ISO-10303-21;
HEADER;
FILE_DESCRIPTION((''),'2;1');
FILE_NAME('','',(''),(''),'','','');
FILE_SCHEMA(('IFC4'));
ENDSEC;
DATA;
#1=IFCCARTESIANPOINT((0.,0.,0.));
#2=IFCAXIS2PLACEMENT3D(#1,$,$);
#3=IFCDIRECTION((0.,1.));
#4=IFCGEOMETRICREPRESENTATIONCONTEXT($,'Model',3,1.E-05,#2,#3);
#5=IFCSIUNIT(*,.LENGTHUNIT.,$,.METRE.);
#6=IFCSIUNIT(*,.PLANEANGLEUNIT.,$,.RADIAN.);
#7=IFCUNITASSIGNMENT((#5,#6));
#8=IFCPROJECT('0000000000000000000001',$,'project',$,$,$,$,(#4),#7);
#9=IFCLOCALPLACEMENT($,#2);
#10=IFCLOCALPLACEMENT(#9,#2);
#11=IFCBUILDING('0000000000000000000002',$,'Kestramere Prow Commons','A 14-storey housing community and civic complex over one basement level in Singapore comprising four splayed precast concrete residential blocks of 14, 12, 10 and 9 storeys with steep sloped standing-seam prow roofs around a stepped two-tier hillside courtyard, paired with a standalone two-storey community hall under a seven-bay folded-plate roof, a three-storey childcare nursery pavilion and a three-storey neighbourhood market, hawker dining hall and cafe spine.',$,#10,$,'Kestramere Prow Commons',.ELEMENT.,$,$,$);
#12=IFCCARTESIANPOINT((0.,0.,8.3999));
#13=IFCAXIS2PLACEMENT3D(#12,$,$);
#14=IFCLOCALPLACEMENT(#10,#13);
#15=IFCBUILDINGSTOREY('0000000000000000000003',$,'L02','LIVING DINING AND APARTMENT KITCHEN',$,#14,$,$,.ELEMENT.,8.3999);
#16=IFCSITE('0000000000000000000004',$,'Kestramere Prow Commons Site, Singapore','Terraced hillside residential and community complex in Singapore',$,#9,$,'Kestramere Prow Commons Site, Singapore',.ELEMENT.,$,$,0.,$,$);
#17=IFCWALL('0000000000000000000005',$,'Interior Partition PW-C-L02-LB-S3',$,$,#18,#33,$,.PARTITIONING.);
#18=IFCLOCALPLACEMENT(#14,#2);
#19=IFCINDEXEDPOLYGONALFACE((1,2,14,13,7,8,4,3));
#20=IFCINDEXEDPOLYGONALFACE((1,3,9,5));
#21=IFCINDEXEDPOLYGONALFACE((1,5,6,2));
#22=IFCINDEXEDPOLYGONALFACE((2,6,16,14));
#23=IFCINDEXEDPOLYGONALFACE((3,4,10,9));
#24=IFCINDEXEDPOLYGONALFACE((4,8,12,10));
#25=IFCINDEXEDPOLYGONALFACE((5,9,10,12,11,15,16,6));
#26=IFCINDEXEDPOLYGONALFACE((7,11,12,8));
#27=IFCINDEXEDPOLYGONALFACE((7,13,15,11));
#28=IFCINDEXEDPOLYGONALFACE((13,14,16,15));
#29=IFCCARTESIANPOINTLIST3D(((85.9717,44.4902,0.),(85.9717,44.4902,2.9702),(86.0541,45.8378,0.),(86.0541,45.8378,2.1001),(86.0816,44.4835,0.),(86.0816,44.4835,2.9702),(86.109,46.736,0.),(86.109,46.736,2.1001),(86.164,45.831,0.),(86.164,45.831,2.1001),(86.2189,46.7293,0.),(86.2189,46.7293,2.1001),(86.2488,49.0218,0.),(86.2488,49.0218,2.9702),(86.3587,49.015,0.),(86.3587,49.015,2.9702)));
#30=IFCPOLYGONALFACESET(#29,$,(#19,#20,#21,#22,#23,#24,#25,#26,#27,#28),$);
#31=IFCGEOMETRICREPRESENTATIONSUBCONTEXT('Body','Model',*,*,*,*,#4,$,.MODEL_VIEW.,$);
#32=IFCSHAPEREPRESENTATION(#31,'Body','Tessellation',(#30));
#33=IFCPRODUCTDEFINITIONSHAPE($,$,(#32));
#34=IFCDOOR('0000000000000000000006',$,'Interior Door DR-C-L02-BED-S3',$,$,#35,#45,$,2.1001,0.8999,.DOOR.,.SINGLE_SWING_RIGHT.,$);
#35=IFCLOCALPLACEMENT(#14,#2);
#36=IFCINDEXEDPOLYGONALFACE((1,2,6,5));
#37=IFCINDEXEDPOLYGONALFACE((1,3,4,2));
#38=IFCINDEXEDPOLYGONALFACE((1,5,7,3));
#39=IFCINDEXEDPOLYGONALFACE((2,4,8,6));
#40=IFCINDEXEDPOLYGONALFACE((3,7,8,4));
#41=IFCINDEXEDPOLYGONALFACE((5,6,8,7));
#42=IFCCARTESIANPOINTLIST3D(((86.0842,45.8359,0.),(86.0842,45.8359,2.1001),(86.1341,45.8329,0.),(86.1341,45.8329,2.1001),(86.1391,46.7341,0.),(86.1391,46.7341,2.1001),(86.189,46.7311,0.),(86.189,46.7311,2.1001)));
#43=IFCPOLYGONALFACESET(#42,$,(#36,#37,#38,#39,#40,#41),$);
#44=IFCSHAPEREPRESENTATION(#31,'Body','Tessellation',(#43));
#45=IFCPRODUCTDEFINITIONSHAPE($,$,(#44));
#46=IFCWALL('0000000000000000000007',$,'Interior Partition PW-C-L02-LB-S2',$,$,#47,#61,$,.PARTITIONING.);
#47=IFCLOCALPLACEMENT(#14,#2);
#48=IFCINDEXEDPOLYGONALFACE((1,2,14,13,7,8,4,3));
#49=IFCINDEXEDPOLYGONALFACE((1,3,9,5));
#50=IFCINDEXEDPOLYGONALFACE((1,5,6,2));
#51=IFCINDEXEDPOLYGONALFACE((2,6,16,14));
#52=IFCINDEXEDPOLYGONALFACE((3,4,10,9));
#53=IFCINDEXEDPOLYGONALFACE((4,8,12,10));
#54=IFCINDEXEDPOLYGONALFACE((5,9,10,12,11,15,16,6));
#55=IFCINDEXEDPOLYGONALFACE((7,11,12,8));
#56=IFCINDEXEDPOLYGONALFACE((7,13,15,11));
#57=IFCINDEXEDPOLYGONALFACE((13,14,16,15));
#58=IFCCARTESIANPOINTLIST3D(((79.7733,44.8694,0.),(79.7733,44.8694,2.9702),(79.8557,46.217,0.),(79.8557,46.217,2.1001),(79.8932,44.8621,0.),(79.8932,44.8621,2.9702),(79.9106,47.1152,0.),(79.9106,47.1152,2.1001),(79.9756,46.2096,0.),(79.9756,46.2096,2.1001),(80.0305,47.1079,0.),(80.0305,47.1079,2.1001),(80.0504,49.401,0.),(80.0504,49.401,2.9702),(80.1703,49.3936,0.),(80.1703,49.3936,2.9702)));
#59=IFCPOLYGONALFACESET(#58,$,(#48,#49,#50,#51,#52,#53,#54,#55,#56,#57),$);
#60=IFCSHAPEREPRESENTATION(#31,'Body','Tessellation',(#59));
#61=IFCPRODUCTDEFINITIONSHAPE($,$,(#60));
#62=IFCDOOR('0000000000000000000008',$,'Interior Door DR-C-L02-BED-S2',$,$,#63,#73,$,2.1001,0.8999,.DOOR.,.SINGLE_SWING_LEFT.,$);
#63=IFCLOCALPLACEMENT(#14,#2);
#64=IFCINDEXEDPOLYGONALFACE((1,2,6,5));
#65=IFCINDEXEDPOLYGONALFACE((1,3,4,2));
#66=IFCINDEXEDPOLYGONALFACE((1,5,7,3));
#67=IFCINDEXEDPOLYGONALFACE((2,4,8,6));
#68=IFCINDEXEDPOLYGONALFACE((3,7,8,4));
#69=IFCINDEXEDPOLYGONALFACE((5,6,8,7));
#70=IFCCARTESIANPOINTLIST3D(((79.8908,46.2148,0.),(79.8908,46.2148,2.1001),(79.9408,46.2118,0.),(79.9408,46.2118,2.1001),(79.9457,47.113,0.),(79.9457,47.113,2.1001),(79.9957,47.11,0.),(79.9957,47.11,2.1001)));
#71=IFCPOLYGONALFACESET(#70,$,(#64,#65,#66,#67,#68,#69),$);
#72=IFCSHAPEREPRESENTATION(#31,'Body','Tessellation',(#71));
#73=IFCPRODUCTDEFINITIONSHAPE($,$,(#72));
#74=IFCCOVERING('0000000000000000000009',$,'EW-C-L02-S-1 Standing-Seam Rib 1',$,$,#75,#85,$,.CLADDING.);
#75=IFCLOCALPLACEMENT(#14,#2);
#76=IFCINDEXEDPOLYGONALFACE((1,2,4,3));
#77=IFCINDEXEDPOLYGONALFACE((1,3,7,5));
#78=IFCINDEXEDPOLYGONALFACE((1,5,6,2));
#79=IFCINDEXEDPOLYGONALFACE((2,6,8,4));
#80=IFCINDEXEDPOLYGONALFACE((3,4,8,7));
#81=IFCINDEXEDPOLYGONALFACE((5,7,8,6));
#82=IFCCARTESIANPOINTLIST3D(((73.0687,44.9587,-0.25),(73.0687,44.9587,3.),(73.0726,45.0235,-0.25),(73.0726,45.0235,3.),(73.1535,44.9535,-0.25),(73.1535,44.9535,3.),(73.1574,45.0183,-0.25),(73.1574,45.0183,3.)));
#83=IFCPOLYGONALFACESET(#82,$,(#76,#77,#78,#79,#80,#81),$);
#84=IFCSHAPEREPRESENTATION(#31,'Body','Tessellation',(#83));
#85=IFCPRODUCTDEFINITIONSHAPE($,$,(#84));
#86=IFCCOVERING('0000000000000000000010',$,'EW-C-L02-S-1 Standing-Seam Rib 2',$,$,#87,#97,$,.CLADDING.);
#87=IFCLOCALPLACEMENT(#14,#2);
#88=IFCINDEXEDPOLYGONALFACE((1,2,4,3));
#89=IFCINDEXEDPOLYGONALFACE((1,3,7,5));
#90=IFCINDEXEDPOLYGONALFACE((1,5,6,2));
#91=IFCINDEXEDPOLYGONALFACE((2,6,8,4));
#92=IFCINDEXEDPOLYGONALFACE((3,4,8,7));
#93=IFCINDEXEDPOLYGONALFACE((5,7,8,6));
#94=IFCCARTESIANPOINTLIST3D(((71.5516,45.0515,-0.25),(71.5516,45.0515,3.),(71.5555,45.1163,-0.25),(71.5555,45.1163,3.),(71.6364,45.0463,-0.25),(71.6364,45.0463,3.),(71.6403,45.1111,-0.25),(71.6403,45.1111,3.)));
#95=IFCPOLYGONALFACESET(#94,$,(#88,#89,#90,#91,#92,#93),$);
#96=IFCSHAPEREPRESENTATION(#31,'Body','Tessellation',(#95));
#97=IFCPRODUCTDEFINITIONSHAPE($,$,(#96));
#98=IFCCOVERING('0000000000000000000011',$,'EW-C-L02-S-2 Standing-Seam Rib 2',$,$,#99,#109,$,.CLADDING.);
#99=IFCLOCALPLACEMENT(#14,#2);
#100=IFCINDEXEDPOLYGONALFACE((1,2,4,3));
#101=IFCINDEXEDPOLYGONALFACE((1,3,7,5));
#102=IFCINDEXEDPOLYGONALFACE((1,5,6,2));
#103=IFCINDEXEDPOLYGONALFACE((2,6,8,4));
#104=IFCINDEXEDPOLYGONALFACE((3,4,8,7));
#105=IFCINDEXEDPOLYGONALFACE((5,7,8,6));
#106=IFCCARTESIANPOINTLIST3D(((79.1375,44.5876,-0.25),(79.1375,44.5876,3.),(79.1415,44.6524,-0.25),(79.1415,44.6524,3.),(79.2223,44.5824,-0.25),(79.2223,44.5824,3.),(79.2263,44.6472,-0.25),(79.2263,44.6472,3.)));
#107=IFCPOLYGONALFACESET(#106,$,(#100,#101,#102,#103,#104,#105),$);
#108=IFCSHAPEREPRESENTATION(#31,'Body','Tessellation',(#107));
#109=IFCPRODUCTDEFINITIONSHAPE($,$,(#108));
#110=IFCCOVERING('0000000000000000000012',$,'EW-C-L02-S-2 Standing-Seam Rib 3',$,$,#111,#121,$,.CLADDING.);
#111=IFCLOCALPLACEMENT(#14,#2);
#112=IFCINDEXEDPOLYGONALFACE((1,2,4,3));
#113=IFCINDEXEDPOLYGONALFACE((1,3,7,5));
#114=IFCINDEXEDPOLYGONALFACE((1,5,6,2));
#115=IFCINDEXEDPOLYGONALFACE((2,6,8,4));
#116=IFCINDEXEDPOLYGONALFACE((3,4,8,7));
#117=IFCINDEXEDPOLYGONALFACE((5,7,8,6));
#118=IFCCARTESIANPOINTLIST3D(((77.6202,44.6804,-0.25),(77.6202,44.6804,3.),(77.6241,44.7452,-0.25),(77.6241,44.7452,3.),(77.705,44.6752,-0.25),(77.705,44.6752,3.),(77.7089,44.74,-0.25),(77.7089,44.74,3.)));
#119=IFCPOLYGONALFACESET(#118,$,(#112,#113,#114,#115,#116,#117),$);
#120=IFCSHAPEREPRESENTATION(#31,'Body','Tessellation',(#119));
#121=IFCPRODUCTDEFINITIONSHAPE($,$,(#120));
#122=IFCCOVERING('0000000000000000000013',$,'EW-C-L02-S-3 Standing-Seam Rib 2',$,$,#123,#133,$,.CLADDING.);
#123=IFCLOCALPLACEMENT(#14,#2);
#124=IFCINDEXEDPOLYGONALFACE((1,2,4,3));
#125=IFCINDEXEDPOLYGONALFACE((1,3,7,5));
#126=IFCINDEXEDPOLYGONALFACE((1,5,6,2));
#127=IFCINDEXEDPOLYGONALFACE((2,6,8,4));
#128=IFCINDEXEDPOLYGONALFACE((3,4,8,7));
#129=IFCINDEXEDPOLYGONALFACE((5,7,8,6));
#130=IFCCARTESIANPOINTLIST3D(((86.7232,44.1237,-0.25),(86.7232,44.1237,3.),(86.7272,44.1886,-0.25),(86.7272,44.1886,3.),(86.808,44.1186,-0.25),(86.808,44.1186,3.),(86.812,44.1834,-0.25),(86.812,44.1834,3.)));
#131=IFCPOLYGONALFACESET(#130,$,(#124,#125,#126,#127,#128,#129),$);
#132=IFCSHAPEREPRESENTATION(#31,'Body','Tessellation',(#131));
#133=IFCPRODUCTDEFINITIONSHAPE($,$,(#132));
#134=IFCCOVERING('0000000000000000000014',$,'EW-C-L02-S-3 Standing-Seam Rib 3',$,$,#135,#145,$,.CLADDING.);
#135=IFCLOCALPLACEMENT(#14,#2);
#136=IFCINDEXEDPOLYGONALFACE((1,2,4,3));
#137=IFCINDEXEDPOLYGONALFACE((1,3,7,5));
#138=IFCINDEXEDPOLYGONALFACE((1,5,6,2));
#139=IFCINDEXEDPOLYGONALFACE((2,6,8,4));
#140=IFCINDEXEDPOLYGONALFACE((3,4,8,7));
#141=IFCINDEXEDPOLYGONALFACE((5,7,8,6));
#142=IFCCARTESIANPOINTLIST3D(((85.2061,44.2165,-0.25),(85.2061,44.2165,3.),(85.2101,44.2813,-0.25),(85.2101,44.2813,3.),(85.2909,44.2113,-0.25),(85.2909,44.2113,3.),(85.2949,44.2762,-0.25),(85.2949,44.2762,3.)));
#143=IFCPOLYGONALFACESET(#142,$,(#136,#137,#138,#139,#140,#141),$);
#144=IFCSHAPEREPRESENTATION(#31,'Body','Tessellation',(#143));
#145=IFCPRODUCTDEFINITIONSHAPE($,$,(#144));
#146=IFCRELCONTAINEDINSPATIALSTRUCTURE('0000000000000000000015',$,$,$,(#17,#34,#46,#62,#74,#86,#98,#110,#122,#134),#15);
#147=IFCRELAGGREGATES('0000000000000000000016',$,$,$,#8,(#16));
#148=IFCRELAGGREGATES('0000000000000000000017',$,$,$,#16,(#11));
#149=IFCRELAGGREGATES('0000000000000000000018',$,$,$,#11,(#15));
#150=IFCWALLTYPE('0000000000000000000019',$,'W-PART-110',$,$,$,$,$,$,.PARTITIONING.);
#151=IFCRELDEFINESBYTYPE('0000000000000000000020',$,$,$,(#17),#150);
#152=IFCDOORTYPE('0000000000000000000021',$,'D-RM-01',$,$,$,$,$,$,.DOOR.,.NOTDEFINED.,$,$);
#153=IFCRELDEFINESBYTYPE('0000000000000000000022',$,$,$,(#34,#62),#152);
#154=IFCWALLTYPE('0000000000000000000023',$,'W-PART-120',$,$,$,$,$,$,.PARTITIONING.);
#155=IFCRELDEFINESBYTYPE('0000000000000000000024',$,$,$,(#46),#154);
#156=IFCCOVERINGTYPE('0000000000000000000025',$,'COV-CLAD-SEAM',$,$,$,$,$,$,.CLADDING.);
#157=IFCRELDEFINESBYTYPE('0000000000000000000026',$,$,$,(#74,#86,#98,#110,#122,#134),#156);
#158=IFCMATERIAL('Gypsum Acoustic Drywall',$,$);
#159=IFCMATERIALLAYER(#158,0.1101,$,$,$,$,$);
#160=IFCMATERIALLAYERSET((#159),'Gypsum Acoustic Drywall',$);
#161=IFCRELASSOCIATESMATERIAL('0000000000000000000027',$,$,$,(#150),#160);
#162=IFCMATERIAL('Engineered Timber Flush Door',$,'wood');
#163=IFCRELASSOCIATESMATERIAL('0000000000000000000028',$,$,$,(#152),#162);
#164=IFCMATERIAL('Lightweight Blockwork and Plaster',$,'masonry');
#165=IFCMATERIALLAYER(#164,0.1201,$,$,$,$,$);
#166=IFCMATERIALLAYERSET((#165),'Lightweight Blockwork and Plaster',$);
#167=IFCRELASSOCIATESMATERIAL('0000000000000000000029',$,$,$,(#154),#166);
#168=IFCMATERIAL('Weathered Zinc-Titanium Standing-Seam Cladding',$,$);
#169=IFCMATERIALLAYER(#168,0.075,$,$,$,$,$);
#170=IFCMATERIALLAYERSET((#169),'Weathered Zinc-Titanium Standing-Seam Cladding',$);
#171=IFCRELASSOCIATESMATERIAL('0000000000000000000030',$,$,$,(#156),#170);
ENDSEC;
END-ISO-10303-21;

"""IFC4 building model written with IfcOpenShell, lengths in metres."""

from ifc_helpers import new_model, si_unit, direction, frame, frame_2d, origin, origin_2d, place, context, subcontext, project, spatial, rectangle, extrude, material, layer, layer_set, type_object, element, fill, save


model = new_model("IFC4")

# Units and contexts
model_context = context("Model", 3, precision=1e-05, world=origin(), true_north=direction((0.0, 1.0)))
body_context = subcontext(model_context, "Body", "Model", "MODEL_VIEW")
ifc_project = project(units=[si_unit("LENGTHUNIT", "METRE"), si_unit("PLANEANGLEUNIT", "RADIAN")], contexts=[model_context])

# Site, building, storey
site_placement = place(None, origin())
site = spatial("IfcSite", under=ifc_project, at=site_placement, Name="Kestramere Prow Commons Site, Singapore", Description="Terraced hillside residential and community complex in Singapore", LongName="Kestramere Prow Commons Site, Singapore", CompositionType="ELEMENT", RefElevation=0.0)
building_placement = place(site_placement, origin())
building = spatial("IfcBuilding", under=site, at=building_placement, Name="Kestramere Prow Commons", Description="A 14-storey housing community and civic complex over one basement level in Singapore comprising four splayed precast concrete residential blocks of 14, 12, 10 and 9 storeys with steep sloped standing-seam prow roofs around a stepped two-tier hillside courtyard, paired with a standalone two-storey community hall under a seven-bay folded-plate roof, a three-storey childcare nursery pavilion and a three-storey neighbourhood market, hawker dining hall and cafe spine.", LongName="Kestramere Prow Commons", CompositionType="ELEMENT")
storey_placement = place(building_placement, frame((0.0, 0.0, 8.3999)))
storey = spatial("IfcBuildingStorey", under=building, at=storey_placement, Name="L02", Description="LIVING DINING AND APARTMENT KITCHEN", CompositionType="ELEMENT", Elevation=8.3999)

# Walls, openings, doors
ifc_material_1 = material(Name="Gypsum Acoustic Drywall")
ifc_layer_1 = layer(ifc_material_1, 0.1101)
ifc_layer_set_1 = layer_set([ifc_layer_1], Name="Gypsum Acoustic Drywall")
wall_type_1 = type_object("IfcWallType", Name="W-PART-110", PredefinedType="PARTITIONING", material=ifc_layer_set_1)
wall_1_placement = place(storey_placement, frame((86.0266, 44.4868, 0.0), z_axis=(0.0, 0.0, 1.0), x_axis=(0.061036, 0.998136, 0.0)))
wall_1 = element("IfcWall", 1, at=wall_1_placement, inside=storey, type_object=wall_type_1, Name="Interior Partition PW-C-L02-LB-S3", PredefinedType="PARTITIONING", context=body_context, shape_type="SweptSolid", body=[
    extrude(rectangle(XDim=4.54, YDim=0.1101, at=frame_2d((2.27, 0.0))), origin(), (0.0, 0.0, 1.0), 2.9702),
])
opening_1_placement = place(wall_1_placement, frame((1.3501, 0.0, 0.0)))
opening_1 = element("IfcOpeningElement", 2, at=opening_1_placement, cuts=wall_1, PredefinedType="OPENING", context=body_context, shape_type="SweptSolid", body=[
    extrude(rectangle(XDim=0.8999, YDim=2.1001, at=frame_2d((0.45, 1.05))), frame((0.0, 0.0701, 0.0), z_axis=(0.0, -1.0, 0.0), x_axis=(1.0, 0.0, 0.0)), (0.0, 0.0, 1.0), 0.1401),
])
ifc_material_2 = material(Name="Engineered Timber Flush Door", Category="wood")
door_type_1 = type_object("IfcDoorType", Name="D-RM-01", OperationType="NOTDEFINED", PredefinedType="DOOR", material=ifc_material_2)
door_1_placement = place(opening_1_placement, origin())
door_1 = element("IfcDoor", 3, at=door_1_placement, inside=storey, type_object=door_type_1, Name="Interior Door DR-C-L02-BED-S3", OperationType="SINGLE_SWING_RIGHT", OverallHeight=2.1001, OverallWidth=0.8999, PredefinedType="DOOR", context=body_context, shape_type="SweptSolid", body=[
    extrude(rectangle(XDim=0.8999, YDim=2.1001, at=frame_2d((0.45, 1.05))), frame((0.0, 0.0249, 0.0), z_axis=(0.0, -1.0, 0.0), x_axis=(1.0, 0.0, 0.0)), (0.0, 0.0, 1.0), 0.05),
])
fill(opening_1, door_1)
ifc_material_3 = material(Name="Lightweight Blockwork and Plaster", Category="masonry")
ifc_layer_2 = layer(ifc_material_3, 0.1201)
ifc_layer_set_2 = layer_set([ifc_layer_2], Name="Lightweight Blockwork and Plaster")
wall_type_2 = type_object("IfcWallType", Name="W-PART-120", PredefinedType="PARTITIONING", material=ifc_layer_set_2)
wall_2_placement = place(storey_placement, frame((79.8333, 44.8657, 0.0), z_axis=(0.0, 0.0, 1.0), x_axis=(0.061036, 0.998136, 0.0)))
wall_2 = element("IfcWall", 4, at=wall_2_placement, inside=storey, type_object=wall_type_2, Name="Interior Partition PW-C-L02-LB-S2", PredefinedType="PARTITIONING", context=body_context, shape_type="SweptSolid", body=[
    extrude(rectangle(XDim=4.54, YDim=0.1201, at=frame_2d((2.27, 0.0))), origin(), (0.0, 0.0, 1.0), 2.9702),
])
opening_2_placement = place(wall_2_placement, frame((1.3501, 0.0, 0.0)))
opening_2 = element("IfcOpeningElement", 5, at=opening_2_placement, cuts=wall_2, PredefinedType="OPENING", context=body_context, shape_type="SweptSolid", body=[
    extrude(rectangle(XDim=0.8999, YDim=2.1001, at=frame_2d((0.45, 1.05))), frame((0.0, 0.075, 0.0), z_axis=(0.0, -1.0, 0.0), x_axis=(1.0, 0.0, 0.0)), (0.0, 0.0, 1.0), 0.1501),
])
door_2_placement = place(opening_2_placement, origin())
door_2 = element("IfcDoor", 6, at=door_2_placement, inside=storey, type_object=door_type_1, Name="Interior Door DR-C-L02-BED-S2", OperationType="SINGLE_SWING_LEFT", OverallHeight=2.1001, OverallWidth=0.8999, PredefinedType="DOOR", context=body_context, shape_type="SweptSolid", body=[
    extrude(rectangle(XDim=0.8999, YDim=2.1001, at=frame_2d((0.45, 1.05))), frame((0.0, 0.0249, 0.0), z_axis=(0.0, -1.0, 0.0), x_axis=(1.0, 0.0, 0.0)), (0.0, 0.0, 1.0), 0.05),
])
fill(opening_2, door_2)

# Coverings
ifc_material_4 = material(Name="Weathered Zinc-Titanium Standing-Seam Cladding")
ifc_layer_3 = layer(ifc_material_4, 0.075)
ifc_layer_set_3 = layer_set([ifc_layer_3], Name="Weathered Zinc-Titanium Standing-Seam Cladding")
covering_type = type_object("IfcCoveringType", Name="COV-CLAD-SEAM", PredefinedType="CLADDING", material=ifc_layer_set_3)
for number, where, z_axis, x_axis, name in (
    (7, (73.113, 44.9885, -0.25), (0.0, 0.0, 1.0), (-0.998135, 0.061049, 0.0), "EW-C-L02-S-1 Standing-Seam Rib 1"),
    (8, (71.5959, 45.0813, -0.25), (0.0, 0.0, 1.0), (-0.998135, 0.061049, 0.0), "EW-C-L02-S-1 Standing-Seam Rib 2"),
    (9, (79.1819, 44.6174, -0.25), (0.0, 0.0, 1.0), (-0.998135, 0.061049, 0.0), "EW-C-L02-S-2 Standing-Seam Rib 2"),
    (10, (77.6646, 44.7102, -0.25), (0.0, 0.0, 1.0), (-0.998135, 0.061049, 0.0), "EW-C-L02-S-2 Standing-Seam Rib 3"),
    (11, (86.7676, 44.1536, -0.25), (0.0, 0.0, 1.0), (-0.998135, 0.061049, 0.0), "EW-C-L02-S-3 Standing-Seam Rib 2"),
    (12, (85.2505, 44.2463, -0.25), (0.0, 0.0, 1.0), (-0.998135, 0.061049, 0.0), "EW-C-L02-S-3 Standing-Seam Rib 3"),
):
    element("IfcCovering", number, at=place(storey_placement, frame(where, z_axis=z_axis, x_axis=x_axis)), inside=storey, type_object=covering_type, Name=name, PredefinedType="CLADDING", context=body_context, shape_type="SweptSolid", body=[
        extrude(rectangle(XDim=0.085, YDim=0.0649, at=origin_2d()), origin(), (0.0, 0.0, 1.0), 3.25),
    ])

save(model, "model.ifc")
